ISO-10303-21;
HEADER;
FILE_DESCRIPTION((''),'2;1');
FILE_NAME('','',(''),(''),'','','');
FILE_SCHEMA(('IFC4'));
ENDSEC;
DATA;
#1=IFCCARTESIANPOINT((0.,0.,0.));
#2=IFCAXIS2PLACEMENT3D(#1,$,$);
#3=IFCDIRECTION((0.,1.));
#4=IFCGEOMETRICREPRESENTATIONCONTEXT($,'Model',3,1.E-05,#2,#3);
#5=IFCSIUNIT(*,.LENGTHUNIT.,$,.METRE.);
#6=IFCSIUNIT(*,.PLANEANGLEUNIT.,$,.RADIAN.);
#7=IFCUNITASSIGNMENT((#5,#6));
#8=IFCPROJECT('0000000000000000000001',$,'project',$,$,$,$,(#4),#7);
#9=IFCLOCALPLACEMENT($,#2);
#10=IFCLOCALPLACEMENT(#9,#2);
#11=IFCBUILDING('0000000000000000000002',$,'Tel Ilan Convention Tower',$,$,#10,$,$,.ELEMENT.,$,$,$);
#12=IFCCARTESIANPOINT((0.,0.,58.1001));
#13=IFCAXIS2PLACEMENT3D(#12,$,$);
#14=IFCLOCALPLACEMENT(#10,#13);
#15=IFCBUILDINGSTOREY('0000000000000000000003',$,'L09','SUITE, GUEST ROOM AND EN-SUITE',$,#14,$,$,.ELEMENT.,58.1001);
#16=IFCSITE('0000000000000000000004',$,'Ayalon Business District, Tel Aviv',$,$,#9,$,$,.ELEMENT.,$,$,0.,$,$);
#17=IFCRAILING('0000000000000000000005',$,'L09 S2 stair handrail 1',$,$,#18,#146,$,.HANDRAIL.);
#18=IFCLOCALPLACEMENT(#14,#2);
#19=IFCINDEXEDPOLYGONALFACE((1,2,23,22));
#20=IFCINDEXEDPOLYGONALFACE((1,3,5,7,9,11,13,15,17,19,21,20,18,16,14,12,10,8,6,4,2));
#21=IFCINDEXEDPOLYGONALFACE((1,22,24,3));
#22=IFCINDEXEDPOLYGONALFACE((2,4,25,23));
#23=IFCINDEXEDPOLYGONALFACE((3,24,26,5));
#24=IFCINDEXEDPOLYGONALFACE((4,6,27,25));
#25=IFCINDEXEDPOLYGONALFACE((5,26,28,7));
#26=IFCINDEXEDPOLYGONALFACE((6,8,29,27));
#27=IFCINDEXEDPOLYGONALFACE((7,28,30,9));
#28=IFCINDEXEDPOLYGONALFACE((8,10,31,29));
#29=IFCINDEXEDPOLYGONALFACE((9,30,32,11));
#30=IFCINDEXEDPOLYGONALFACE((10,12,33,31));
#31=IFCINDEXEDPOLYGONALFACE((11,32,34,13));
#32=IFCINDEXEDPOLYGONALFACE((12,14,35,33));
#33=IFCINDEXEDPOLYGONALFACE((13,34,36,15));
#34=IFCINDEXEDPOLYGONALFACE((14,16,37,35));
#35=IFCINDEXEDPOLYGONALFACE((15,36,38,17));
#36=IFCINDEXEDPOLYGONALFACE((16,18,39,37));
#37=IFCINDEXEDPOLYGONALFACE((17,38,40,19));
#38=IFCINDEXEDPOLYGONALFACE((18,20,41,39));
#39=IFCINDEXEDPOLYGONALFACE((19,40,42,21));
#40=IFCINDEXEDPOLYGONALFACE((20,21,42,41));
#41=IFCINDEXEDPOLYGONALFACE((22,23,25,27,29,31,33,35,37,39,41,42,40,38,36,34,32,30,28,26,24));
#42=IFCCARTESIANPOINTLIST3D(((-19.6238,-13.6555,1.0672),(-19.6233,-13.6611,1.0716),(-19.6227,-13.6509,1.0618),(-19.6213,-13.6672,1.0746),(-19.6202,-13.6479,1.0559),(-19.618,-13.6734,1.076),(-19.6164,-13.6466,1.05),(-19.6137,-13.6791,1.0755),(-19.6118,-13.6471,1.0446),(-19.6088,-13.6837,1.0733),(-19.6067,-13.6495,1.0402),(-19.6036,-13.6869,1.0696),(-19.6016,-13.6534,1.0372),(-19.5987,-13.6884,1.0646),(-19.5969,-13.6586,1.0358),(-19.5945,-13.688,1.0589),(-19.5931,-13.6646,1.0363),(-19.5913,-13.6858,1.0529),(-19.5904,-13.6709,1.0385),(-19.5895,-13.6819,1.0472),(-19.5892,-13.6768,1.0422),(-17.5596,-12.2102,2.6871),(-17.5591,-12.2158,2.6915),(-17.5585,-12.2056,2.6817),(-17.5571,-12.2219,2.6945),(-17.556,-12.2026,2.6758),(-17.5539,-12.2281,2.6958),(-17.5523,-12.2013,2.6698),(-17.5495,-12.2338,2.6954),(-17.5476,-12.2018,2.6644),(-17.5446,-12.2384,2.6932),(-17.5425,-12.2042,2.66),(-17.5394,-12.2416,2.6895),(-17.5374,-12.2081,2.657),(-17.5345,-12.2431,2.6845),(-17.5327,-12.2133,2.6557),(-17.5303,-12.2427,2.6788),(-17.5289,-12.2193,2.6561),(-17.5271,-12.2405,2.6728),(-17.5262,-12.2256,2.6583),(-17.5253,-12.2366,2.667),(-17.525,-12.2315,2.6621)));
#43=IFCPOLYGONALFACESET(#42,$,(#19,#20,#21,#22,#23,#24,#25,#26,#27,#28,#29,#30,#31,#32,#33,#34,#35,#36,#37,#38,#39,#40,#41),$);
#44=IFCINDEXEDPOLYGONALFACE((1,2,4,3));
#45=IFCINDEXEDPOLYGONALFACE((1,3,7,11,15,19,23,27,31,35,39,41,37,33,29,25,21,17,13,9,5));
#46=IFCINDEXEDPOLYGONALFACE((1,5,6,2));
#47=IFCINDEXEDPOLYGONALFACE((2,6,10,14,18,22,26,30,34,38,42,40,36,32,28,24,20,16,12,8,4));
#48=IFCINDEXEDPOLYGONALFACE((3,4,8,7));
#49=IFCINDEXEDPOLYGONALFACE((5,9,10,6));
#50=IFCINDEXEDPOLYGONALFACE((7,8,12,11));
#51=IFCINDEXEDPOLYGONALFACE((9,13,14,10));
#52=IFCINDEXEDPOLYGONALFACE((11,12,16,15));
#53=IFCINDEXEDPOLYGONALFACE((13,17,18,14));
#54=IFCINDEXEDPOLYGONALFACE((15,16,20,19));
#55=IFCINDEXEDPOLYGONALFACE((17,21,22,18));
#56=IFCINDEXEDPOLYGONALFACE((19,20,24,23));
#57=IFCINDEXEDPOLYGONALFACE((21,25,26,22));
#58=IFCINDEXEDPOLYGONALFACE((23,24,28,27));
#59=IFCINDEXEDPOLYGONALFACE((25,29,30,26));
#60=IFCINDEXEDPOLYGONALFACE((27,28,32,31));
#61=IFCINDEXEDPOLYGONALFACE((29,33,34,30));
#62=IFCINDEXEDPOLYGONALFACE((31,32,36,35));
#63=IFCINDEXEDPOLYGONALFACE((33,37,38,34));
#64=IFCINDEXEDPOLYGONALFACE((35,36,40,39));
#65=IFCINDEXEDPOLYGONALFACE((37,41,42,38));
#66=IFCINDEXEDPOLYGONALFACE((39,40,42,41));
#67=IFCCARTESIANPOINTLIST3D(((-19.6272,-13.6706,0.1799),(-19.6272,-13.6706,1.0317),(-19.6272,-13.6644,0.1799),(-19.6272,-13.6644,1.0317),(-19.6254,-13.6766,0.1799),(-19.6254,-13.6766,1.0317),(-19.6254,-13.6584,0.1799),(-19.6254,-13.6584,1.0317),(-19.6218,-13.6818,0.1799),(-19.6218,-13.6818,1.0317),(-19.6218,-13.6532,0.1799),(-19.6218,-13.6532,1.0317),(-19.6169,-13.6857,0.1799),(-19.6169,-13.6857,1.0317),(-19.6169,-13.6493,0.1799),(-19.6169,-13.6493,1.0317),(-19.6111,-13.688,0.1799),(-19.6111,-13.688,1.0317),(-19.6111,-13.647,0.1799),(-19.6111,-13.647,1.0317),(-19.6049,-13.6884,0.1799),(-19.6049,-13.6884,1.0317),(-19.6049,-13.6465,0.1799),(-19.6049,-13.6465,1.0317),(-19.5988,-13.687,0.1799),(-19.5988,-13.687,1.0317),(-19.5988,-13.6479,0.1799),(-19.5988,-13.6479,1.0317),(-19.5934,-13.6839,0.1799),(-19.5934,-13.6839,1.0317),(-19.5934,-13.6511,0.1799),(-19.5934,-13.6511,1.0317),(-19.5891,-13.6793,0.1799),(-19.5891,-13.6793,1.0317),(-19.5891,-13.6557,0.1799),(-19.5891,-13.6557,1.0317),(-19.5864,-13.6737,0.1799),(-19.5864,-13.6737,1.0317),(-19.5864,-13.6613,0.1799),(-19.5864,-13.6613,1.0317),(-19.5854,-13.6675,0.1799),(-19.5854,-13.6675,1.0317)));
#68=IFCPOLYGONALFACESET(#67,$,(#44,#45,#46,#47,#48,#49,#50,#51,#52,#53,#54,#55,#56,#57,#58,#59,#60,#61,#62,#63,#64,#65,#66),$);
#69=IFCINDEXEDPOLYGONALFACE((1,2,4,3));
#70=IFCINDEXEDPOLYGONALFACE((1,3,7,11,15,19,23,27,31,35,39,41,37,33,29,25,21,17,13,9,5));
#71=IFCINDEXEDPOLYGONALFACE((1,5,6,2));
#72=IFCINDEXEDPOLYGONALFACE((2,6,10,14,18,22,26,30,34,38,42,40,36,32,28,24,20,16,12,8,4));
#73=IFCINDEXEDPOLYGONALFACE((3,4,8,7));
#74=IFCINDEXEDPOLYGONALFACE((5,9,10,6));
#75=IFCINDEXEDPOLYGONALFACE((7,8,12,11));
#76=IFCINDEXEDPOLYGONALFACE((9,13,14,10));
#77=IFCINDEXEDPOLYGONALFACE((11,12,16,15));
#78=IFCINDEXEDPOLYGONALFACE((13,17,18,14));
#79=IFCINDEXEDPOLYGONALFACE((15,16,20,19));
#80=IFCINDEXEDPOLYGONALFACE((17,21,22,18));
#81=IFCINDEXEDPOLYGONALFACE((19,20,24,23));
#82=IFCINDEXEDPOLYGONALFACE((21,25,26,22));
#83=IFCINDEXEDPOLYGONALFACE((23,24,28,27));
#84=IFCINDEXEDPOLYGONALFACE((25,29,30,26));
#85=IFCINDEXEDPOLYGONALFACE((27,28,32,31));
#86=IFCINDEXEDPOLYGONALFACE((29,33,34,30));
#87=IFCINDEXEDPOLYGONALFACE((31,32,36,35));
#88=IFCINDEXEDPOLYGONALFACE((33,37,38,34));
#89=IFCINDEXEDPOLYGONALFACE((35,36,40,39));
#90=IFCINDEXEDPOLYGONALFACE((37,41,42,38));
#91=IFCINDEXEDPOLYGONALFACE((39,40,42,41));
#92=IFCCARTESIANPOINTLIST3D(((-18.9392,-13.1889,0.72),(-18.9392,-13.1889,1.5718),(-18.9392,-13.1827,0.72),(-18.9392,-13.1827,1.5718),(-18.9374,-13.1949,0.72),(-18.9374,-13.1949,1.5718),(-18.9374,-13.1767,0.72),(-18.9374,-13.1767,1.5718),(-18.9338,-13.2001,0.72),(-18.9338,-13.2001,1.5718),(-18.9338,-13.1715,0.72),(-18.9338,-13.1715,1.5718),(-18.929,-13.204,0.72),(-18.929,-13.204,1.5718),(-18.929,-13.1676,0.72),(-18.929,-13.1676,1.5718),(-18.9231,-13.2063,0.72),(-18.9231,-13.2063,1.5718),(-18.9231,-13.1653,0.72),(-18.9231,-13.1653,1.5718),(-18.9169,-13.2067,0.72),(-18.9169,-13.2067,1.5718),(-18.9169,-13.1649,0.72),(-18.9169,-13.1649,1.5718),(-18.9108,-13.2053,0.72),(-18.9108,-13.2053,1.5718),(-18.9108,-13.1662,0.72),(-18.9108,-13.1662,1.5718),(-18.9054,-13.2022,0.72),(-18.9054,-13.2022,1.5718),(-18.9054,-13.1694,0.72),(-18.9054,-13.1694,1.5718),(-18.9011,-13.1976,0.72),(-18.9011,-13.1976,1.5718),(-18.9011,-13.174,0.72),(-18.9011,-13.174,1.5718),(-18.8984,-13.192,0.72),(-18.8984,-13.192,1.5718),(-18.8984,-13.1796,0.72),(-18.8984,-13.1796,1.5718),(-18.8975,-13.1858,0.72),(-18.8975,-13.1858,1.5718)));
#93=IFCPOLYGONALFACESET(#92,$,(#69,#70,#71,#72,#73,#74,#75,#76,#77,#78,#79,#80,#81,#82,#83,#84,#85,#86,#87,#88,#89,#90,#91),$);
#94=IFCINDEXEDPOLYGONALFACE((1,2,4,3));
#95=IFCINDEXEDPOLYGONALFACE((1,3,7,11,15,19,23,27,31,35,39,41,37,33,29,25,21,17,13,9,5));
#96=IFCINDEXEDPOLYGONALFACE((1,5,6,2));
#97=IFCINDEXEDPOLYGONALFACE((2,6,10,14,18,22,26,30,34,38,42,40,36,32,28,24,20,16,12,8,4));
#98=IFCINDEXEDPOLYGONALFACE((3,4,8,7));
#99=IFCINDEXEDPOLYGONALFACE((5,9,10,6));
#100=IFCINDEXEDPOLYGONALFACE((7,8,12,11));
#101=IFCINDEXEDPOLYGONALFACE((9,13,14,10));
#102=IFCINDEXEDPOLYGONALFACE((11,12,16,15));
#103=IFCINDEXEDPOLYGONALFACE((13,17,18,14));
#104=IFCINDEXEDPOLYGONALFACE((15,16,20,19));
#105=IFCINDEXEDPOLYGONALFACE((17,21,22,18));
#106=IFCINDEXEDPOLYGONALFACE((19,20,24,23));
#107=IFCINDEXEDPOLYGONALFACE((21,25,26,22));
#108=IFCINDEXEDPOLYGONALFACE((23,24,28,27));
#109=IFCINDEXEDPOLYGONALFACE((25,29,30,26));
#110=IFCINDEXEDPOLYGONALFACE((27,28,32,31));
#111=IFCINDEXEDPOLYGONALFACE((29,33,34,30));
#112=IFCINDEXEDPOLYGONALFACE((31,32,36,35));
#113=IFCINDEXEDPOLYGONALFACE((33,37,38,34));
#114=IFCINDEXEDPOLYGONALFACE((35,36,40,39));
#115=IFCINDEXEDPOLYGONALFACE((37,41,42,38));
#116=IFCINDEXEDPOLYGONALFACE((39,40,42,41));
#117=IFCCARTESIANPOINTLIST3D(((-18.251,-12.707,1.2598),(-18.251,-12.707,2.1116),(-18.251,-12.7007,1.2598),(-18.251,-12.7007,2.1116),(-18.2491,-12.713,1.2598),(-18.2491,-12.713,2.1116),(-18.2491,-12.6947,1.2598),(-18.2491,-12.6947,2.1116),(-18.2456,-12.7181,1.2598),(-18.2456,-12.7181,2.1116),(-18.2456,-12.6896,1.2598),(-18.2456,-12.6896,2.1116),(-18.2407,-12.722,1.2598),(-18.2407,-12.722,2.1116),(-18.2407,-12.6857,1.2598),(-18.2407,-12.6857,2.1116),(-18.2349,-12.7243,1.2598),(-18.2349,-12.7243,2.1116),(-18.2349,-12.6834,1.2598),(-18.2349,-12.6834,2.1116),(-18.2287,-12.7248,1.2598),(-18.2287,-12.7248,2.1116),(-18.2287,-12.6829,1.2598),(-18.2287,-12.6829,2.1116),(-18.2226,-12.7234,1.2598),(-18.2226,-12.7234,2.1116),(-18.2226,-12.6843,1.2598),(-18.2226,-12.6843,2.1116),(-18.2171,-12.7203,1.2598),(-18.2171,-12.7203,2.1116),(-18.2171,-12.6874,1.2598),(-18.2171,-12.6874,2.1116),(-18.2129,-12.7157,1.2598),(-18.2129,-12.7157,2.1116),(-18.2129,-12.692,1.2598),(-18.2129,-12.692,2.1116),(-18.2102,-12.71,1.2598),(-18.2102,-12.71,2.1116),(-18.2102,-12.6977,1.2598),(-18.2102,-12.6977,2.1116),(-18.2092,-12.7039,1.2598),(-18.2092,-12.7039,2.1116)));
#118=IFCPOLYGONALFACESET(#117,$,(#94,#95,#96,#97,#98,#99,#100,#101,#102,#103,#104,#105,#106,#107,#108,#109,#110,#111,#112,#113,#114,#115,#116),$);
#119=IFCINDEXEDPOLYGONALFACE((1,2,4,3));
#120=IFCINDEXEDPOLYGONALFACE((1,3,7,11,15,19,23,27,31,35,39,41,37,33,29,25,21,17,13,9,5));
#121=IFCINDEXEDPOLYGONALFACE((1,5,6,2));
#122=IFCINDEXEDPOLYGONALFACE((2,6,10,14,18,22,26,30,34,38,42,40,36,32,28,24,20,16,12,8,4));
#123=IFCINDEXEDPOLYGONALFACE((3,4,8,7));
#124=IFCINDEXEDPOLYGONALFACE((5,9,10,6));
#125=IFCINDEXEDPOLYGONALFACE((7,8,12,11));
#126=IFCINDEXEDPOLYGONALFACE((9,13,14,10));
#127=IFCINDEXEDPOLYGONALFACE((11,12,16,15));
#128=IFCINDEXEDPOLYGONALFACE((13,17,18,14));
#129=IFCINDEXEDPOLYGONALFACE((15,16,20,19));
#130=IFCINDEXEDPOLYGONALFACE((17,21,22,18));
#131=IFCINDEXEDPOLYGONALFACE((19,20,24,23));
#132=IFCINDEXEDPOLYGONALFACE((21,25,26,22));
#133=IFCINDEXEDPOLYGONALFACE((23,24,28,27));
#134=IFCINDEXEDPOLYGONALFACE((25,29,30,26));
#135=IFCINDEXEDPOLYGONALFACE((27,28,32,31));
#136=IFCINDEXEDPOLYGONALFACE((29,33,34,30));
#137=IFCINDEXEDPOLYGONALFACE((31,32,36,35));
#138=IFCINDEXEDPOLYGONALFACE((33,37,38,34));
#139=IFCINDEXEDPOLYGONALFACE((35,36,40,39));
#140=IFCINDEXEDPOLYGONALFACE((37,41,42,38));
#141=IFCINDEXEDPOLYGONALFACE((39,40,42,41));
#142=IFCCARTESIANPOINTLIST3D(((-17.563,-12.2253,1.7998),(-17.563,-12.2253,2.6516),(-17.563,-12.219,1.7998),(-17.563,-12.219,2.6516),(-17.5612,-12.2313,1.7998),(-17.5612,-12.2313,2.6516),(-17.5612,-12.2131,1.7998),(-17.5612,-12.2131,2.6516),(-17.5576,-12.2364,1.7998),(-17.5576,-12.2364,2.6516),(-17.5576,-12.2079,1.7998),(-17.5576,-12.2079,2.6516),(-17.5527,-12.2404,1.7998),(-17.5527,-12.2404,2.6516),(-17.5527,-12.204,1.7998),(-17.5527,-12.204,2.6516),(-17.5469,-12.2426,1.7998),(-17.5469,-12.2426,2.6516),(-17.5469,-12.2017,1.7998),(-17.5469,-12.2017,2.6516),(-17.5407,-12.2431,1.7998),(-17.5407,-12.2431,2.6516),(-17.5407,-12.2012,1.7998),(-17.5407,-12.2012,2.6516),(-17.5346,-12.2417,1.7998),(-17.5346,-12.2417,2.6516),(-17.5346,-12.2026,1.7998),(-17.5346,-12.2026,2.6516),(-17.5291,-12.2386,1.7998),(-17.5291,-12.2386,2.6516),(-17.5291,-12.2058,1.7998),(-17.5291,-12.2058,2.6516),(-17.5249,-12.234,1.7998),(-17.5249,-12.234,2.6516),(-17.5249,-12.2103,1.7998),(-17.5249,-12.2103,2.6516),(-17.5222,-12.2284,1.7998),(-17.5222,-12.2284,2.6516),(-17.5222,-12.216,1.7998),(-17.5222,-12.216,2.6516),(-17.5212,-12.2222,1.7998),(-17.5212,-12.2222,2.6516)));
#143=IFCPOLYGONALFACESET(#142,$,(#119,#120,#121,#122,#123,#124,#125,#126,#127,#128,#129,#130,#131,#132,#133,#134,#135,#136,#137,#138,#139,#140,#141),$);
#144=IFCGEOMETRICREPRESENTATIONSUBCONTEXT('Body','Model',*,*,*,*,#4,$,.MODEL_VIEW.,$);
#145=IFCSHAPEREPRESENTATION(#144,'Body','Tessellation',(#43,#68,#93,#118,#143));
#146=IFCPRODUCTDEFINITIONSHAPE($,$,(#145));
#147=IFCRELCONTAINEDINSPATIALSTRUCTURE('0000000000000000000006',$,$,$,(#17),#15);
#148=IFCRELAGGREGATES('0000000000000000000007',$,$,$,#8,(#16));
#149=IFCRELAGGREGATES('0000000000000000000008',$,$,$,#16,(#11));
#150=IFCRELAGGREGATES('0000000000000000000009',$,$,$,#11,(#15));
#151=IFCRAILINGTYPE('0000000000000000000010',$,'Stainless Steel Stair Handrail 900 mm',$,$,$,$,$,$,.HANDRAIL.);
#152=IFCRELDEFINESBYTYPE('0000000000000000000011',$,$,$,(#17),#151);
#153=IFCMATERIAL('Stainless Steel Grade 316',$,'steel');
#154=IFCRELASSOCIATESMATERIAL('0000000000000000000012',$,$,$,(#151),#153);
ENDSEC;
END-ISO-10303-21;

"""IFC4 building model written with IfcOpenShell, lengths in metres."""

from ifc_helpers import new_model, si_unit, direction, frame, origin, origin_2d, place, context, subcontext, project, spatial, circle, extrude, material, type_object, element, save


model = new_model("IFC4")

# Units and contexts
model_context = context("Model", 3, precision=1e-05, world=origin(), true_north=direction((0.0, 1.0)))
body_context = subcontext(model_context, "Body", "Model", "MODEL_VIEW")
ifc_project = project(units=[si_unit("LENGTHUNIT", "METRE"), si_unit("PLANEANGLEUNIT", "RADIAN")], contexts=[model_context])

# Site, building, storey
site_placement = place(None, origin())
site = spatial("IfcSite", under=ifc_project, at=site_placement, Name="Ayalon Business District, Tel Aviv", CompositionType="ELEMENT", RefElevation=0.0)
building_placement = place(site_placement, origin())
building = spatial("IfcBuilding", under=site, at=building_placement, Name="Tel Ilan Convention Tower", CompositionType="ELEMENT")
storey_placement = place(building_placement, frame((0.0, 0.0, 58.1001)))
storey = spatial("IfcBuildingStorey", under=building, at=storey_placement, Name="L09", Description="SUITE, GUEST ROOM AND EN-SUITE", CompositionType="ELEMENT", Elevation=58.1001)

# Railing
ifc_material_1 = material(Name="Stainless Steel Grade 316", Category="steel")
railing_type_1 = type_object("IfcRailingType", Name="Stainless Steel Stair Handrail 900 mm", PredefinedType="HANDRAIL", material=ifc_material_1)
for number, where, name in (
    (1, (-19.6064, -13.6675, 0.1799), "L09 S2 stair handrail 1"),
):
    element("IfcRailing", number, at=place(storey_placement, frame(where)), inside=storey, type_object=railing_type_1, Name=name, PredefinedType="HANDRAIL", context=body_context, shape_type="SweptSolid", body=[
        extrude(circle(Radius=0.0239, at=origin_2d()), frame((0.0, 0.0, 0.876), z_axis=(0.68907, 0.482472, 0.540743), x_axis=(-0.57356, 0.819164, 0.0)), (0.0, 0.0, 1.0), 2.9956),
        extrude(circle(Radius=0.021, at=origin_2d()), origin(), (0.0, 0.0, 1.0), 0.8518),
        extrude(circle(Radius=0.021, at=origin_2d()), frame((0.688, 0.4817, 0.54)), (0.0, 0.0, 1.0), 0.8518),
        extrude(circle(Radius=0.021, at=origin_2d()), frame((1.3762, 0.9636, 1.0798)), (0.0, 0.0, 1.0), 0.8518),
        extrude(circle(Radius=0.021, at=origin_2d()), frame((2.0642, 1.4453, 1.6199)), (0.0, 0.0, 1.0), 0.8518),
    ])

save(model, "model.ifc")
